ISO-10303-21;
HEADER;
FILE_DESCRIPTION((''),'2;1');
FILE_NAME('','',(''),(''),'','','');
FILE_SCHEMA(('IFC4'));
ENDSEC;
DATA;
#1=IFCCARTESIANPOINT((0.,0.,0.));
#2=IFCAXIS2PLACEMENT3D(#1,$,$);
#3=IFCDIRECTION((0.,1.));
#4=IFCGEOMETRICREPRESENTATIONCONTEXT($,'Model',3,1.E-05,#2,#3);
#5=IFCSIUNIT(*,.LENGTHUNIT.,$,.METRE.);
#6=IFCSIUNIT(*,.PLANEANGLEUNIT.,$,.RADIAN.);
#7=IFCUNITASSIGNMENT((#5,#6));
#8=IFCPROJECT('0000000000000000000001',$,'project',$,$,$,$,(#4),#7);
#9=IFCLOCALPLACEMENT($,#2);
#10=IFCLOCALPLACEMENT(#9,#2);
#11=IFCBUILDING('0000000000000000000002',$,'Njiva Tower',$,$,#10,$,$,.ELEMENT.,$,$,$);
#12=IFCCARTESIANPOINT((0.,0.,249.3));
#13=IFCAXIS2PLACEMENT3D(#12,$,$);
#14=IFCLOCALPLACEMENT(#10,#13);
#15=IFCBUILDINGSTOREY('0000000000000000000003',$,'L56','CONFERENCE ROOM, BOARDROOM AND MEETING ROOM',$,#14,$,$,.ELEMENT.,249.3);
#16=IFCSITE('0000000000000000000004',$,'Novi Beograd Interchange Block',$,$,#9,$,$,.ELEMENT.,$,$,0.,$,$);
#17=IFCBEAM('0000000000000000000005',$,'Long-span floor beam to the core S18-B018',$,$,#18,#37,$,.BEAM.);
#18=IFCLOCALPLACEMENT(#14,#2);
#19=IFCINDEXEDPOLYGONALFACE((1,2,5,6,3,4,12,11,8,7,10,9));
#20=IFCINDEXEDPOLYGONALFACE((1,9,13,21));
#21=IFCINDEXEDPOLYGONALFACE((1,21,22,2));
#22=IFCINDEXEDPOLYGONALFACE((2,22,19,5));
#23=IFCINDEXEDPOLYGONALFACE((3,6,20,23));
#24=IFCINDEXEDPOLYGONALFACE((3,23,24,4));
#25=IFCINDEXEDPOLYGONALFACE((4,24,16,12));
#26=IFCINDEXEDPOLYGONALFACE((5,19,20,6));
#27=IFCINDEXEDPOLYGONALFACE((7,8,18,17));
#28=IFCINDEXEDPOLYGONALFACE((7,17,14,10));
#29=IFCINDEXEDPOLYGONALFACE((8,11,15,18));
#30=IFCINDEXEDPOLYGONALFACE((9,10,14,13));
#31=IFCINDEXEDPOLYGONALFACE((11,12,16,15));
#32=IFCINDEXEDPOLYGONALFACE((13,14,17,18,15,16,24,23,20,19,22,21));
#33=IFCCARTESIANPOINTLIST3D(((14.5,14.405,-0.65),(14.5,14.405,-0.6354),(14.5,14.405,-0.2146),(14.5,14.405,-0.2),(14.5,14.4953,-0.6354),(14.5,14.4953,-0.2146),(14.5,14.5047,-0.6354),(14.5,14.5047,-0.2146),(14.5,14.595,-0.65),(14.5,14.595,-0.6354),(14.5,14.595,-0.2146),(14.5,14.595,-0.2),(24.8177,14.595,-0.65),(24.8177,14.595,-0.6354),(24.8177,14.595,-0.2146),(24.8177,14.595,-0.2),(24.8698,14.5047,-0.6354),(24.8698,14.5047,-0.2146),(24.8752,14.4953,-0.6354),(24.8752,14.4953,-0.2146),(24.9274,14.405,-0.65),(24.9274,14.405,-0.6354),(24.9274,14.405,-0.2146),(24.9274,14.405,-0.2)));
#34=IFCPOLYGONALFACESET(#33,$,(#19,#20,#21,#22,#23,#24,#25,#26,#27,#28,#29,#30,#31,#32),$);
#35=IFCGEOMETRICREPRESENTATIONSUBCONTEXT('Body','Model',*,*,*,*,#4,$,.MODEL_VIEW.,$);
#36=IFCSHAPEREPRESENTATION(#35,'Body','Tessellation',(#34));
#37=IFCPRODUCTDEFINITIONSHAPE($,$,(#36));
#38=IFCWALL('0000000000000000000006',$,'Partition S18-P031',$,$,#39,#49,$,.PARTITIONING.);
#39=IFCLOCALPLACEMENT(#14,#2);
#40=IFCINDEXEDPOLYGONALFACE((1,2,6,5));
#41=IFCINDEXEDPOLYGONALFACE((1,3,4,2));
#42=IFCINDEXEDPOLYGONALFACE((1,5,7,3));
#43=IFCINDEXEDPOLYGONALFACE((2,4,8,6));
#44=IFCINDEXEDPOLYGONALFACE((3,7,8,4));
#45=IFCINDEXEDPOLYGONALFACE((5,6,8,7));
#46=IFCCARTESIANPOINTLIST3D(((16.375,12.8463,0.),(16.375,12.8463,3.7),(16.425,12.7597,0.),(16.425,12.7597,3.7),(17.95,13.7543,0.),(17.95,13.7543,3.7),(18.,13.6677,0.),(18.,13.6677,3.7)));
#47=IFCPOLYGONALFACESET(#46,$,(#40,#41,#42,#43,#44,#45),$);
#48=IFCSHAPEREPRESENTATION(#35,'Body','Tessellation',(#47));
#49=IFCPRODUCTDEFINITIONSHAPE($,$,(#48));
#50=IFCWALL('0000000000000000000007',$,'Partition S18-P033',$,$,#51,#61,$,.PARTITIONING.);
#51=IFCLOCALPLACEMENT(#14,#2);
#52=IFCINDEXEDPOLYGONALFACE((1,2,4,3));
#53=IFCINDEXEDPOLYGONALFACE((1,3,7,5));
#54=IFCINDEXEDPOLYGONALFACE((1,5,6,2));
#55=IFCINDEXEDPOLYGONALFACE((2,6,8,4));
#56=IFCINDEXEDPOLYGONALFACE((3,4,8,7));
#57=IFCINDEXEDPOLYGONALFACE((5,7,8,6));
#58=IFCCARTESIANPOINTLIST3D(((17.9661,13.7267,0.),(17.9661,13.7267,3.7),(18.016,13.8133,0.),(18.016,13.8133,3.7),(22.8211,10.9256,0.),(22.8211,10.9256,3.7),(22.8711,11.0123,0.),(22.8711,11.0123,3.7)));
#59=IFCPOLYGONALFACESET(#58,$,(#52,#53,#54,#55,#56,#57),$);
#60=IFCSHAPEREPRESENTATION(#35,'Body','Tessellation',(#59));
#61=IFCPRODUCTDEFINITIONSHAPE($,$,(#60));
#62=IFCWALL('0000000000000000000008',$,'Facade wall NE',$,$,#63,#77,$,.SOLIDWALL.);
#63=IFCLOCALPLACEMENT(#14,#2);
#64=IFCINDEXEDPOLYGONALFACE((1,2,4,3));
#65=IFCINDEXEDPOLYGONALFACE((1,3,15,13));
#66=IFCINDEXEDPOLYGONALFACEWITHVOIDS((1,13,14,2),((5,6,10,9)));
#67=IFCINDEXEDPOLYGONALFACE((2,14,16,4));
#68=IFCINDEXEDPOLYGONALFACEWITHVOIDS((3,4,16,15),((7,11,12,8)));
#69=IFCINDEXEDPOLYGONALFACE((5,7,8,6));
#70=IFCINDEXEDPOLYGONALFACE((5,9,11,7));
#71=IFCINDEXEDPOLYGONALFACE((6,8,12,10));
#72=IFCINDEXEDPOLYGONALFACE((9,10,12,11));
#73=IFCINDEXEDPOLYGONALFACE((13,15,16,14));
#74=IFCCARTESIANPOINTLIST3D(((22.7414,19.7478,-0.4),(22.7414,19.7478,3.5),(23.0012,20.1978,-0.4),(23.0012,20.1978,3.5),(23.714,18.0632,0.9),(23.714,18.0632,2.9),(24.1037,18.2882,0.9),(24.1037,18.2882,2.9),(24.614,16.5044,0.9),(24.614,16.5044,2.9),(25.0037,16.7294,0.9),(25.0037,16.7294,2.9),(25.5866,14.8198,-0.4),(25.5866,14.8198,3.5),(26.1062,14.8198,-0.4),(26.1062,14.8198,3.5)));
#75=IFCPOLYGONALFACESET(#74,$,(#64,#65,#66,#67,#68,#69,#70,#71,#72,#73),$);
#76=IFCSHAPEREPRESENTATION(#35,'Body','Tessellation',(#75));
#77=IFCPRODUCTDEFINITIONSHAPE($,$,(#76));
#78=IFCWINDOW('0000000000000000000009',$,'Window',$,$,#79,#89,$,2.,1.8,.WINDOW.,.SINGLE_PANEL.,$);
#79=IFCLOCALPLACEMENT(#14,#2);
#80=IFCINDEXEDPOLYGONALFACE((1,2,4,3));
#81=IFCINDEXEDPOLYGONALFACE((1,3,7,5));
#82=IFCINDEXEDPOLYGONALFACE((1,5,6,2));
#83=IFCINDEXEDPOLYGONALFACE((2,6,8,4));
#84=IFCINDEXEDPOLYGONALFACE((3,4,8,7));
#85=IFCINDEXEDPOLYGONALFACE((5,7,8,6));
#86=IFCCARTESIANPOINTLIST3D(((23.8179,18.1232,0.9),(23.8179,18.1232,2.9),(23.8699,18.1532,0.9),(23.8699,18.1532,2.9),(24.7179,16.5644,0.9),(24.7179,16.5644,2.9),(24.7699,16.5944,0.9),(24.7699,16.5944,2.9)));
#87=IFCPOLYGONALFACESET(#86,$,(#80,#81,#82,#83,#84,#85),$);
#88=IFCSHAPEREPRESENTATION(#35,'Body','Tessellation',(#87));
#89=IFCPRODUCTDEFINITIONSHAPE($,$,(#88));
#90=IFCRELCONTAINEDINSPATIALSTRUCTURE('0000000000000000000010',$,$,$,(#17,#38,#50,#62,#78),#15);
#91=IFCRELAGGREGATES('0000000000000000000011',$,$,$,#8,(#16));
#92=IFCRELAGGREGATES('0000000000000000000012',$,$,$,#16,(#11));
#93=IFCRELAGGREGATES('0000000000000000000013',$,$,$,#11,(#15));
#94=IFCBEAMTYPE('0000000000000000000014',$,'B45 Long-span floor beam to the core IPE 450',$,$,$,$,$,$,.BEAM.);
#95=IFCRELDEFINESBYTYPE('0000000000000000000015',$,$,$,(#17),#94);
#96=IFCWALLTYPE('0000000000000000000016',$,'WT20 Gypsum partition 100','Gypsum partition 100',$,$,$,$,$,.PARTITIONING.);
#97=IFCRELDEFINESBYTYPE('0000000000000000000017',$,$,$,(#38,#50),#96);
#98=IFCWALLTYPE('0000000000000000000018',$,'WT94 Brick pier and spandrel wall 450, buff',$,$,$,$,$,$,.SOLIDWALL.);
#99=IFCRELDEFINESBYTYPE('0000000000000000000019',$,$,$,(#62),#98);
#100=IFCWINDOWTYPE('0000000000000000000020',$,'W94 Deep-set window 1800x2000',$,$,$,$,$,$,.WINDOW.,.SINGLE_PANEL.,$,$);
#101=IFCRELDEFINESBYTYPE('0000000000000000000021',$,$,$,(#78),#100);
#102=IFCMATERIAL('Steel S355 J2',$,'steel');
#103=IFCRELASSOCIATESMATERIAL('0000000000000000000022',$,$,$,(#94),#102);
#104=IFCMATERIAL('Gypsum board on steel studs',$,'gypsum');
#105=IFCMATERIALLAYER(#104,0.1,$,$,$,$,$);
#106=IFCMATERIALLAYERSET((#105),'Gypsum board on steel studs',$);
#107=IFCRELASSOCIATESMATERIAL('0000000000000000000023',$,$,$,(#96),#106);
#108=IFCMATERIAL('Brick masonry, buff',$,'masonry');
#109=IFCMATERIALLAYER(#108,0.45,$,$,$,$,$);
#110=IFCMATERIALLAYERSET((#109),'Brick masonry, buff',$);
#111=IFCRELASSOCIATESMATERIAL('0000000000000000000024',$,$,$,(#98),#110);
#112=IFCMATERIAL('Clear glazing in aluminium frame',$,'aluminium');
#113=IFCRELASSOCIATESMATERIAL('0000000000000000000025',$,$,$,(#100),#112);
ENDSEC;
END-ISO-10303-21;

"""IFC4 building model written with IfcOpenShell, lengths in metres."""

from ifc_helpers import new_model, si_unit, direction, frame, frame_2d, origin, origin_2d, place, context, subcontext, project, spatial, polyline, rectangle, i_section, outline, extrude, clip, halfspace, material, layer, layer_set, material_profile, profile_set, type_object, element, fill, save


model = new_model("IFC4")

# Units and contexts
model_context = context("Model", 3, precision=1e-05, world=origin(), true_north=direction((0.0, 1.0)))
body_context = subcontext(model_context, "Body", "Model", "MODEL_VIEW")
ifc_project = project(units=[si_unit("LENGTHUNIT", "METRE"), si_unit("PLANEANGLEUNIT", "RADIAN")], contexts=[model_context])

# Site, building, storey
site_placement = place(None, origin())
site = spatial("IfcSite", under=ifc_project, at=site_placement, Name="Novi Beograd Interchange Block", CompositionType="ELEMENT", RefElevation=0.0)
building_placement = place(site_placement, origin())
building = spatial("IfcBuilding", under=site, at=building_placement, Name="Njiva Tower", CompositionType="ELEMENT")
storey_placement = place(building_placement, frame((0.0, 0.0, 249.3)))
storey = spatial("IfcBuildingStorey", under=building, at=storey_placement, Name="L56", Description="CONFERENCE ROOM, BOARDROOM AND MEETING ROOM", CompositionType="ELEMENT", Elevation=249.3)

# Shared definitions
ifc_material_1 = material(Name="Steel S355 J2", Category="steel")

# Beam
ifc_material_profile_1 = material_profile(ifc_material_1, i_section(OverallWidth=0.19, OverallDepth=0.45, WebThickness=0.0094, FlangeThickness=0.0146, at=origin_2d()), Name="IPE 450")
ifc_profile_set_1 = profile_set([ifc_material_profile_1], Name="Steel S355 J2")
beam_type_1 = type_object("IfcBeamType", Name="B45 Long-span floor beam to the core IPE 450", PredefinedType="BEAM", material=ifc_profile_set_1)
beam_1_placement = place(storey_placement, frame((14.5, 14.5, -0.425), z_axis=(1.0, 0.0, 0.0), x_axis=(0.0, 1.0, 0.0)))
element("IfcBeam", 1, at=beam_1_placement, inside=storey, type_object=beam_type_1, Name="Long-span floor beam to the core S18-B018", PredefinedType="BEAM", context=body_context, shape_type="Clipping", body=[
    clip(extrude(i_section(OverallWidth=0.19, OverallDepth=0.45, WebThickness=0.0094, FlangeThickness=0.0146, at=origin_2d()), origin(), (0.0, 0.0, 1.0), 10.447), halfspace(frame((0.025, 0.0, 10.3581), z_axis=(0.499998, 0.0, 0.866027), x_axis=(0.0, 1.0, 0.0)), False)),
])

# Walls
ifc_material_2 = material(Name="Gypsum board on steel studs", Category="gypsum")
ifc_layer_1 = layer(ifc_material_2, 0.1)
ifc_layer_set_1 = layer_set([ifc_layer_1], Name="Gypsum board on steel studs")
wall_type_1 = type_object("IfcWallType", Name="WT20 Gypsum partition 100", Description="Gypsum partition 100", PredefinedType="PARTITIONING", material=ifc_layer_set_1)
wall_1_placement = place(storey_placement, frame((16.4, 12.803, 0.0), z_axis=(0.0, 0.0, 1.0), x_axis=(0.866341, 0.499453, 0.0)))
element("IfcWall", 2, at=wall_1_placement, inside=storey, type_object=wall_type_1, Name="Partition S18-P031", PredefinedType="PARTITIONING", context=body_context, shape_type="SweptSolid", body=[
    extrude(rectangle(XDim=1.818, YDim=0.1, at=frame_2d((0.909, 0.0))), origin(), (0.0, 0.0, 1.0), 3.7),
])
wall_2_placement = place(storey_placement, frame((17.991, 13.77, 0.0), z_axis=(0.0, 0.0, 1.0), x_axis=(0.866183, -0.499728, 0.0)))
element("IfcWall", 3, at=wall_2_placement, inside=storey, type_object=wall_type_1, Name="Partition S18-P033", PredefinedType="PARTITIONING", context=body_context, shape_type="SweptSolid", body=[
    extrude(rectangle(XDim=5.6051, YDim=0.1, at=frame_2d((2.8026, 0.0))), origin(), (0.0, 0.0, 1.0), 3.7),
])

# Shared definitions
ifc_material_3 = material(Name="Clear glazing in aluminium frame", Category="aluminium")

# Wall, opening, window
ifc_material_4 = material(Name="Brick masonry, buff", Category="masonry")
ifc_layer_2 = layer(ifc_material_4, 0.45)
ifc_layer_set_2 = layer_set([ifc_layer_2], Name="Brick masonry, buff")
wall_type_2 = type_object("IfcWallType", Name="WT94 Brick pier and spandrel wall 450, buff", PredefinedType="SOLIDWALL", material=ifc_layer_set_2)
wall_3_placement = place(storey_placement, frame((25.8464, 14.8198, -0.4), z_axis=(0.0, 0.0, 1.0), x_axis=(-0.500002, 0.866024, 0.0)))
wall_3 = element("IfcWall", 4, at=wall_3_placement, inside=storey, type_object=wall_type_2, Name="Facade wall NE", PredefinedType="SOLIDWALL", context=body_context, shape_type="SweptSolid", body=[
    extrude(outline(polyline([(-0.1299, -0.225), (6.0801, -0.225), (5.8203, 0.225), (0.1299, 0.225), (-0.1299, -0.225)])), origin(), (0.0, 0.0, 1.0), 3.9),
])
opening_1_placement = place(wall_3_placement, frame((2.0751, 0.0, 1.3)))
opening_1 = element("IfcOpeningElement", 5, at=opening_1_placement, cuts=wall_3, PredefinedType="OPENING", context=body_context, shape_type="SweptSolid", body=[
    extrude(rectangle(XDim=1.8, YDim=2.0, at=frame_2d((0.9, 1.0))), frame((0.0, 0.235, 0.0), z_axis=(0.0, -1.0, 0.0), x_axis=(1.0, 0.0, 0.0)), (0.0, 0.0, 1.0), 0.47),
])
window_type_1 = type_object("IfcWindowType", Name="W94 Deep-set window 1800x2000", PartitioningType="SINGLE_PANEL", PredefinedType="WINDOW", material=ifc_material_3)
window_1_placement = place(opening_1_placement, origin())
window_1 = element("IfcWindow", 6, at=window_1_placement, inside=storey, type_object=window_type_1, Name="Window", OverallHeight=2.0, OverallWidth=1.8, PartitioningType="SINGLE_PANEL", PredefinedType="WINDOW", context=body_context, shape_type="SweptSolid", body=[
    extrude(rectangle(XDim=1.8, YDim=2.0, at=frame_2d((0.9, 1.0))), frame((0.0, 0.105, 0.0), z_axis=(0.0, -1.0, 0.0), x_axis=(1.0, 0.0, 0.0)), (0.0, 0.0, 1.0), 0.06),
])
fill(opening_1, window_1)

save(model, "model.ifc")
